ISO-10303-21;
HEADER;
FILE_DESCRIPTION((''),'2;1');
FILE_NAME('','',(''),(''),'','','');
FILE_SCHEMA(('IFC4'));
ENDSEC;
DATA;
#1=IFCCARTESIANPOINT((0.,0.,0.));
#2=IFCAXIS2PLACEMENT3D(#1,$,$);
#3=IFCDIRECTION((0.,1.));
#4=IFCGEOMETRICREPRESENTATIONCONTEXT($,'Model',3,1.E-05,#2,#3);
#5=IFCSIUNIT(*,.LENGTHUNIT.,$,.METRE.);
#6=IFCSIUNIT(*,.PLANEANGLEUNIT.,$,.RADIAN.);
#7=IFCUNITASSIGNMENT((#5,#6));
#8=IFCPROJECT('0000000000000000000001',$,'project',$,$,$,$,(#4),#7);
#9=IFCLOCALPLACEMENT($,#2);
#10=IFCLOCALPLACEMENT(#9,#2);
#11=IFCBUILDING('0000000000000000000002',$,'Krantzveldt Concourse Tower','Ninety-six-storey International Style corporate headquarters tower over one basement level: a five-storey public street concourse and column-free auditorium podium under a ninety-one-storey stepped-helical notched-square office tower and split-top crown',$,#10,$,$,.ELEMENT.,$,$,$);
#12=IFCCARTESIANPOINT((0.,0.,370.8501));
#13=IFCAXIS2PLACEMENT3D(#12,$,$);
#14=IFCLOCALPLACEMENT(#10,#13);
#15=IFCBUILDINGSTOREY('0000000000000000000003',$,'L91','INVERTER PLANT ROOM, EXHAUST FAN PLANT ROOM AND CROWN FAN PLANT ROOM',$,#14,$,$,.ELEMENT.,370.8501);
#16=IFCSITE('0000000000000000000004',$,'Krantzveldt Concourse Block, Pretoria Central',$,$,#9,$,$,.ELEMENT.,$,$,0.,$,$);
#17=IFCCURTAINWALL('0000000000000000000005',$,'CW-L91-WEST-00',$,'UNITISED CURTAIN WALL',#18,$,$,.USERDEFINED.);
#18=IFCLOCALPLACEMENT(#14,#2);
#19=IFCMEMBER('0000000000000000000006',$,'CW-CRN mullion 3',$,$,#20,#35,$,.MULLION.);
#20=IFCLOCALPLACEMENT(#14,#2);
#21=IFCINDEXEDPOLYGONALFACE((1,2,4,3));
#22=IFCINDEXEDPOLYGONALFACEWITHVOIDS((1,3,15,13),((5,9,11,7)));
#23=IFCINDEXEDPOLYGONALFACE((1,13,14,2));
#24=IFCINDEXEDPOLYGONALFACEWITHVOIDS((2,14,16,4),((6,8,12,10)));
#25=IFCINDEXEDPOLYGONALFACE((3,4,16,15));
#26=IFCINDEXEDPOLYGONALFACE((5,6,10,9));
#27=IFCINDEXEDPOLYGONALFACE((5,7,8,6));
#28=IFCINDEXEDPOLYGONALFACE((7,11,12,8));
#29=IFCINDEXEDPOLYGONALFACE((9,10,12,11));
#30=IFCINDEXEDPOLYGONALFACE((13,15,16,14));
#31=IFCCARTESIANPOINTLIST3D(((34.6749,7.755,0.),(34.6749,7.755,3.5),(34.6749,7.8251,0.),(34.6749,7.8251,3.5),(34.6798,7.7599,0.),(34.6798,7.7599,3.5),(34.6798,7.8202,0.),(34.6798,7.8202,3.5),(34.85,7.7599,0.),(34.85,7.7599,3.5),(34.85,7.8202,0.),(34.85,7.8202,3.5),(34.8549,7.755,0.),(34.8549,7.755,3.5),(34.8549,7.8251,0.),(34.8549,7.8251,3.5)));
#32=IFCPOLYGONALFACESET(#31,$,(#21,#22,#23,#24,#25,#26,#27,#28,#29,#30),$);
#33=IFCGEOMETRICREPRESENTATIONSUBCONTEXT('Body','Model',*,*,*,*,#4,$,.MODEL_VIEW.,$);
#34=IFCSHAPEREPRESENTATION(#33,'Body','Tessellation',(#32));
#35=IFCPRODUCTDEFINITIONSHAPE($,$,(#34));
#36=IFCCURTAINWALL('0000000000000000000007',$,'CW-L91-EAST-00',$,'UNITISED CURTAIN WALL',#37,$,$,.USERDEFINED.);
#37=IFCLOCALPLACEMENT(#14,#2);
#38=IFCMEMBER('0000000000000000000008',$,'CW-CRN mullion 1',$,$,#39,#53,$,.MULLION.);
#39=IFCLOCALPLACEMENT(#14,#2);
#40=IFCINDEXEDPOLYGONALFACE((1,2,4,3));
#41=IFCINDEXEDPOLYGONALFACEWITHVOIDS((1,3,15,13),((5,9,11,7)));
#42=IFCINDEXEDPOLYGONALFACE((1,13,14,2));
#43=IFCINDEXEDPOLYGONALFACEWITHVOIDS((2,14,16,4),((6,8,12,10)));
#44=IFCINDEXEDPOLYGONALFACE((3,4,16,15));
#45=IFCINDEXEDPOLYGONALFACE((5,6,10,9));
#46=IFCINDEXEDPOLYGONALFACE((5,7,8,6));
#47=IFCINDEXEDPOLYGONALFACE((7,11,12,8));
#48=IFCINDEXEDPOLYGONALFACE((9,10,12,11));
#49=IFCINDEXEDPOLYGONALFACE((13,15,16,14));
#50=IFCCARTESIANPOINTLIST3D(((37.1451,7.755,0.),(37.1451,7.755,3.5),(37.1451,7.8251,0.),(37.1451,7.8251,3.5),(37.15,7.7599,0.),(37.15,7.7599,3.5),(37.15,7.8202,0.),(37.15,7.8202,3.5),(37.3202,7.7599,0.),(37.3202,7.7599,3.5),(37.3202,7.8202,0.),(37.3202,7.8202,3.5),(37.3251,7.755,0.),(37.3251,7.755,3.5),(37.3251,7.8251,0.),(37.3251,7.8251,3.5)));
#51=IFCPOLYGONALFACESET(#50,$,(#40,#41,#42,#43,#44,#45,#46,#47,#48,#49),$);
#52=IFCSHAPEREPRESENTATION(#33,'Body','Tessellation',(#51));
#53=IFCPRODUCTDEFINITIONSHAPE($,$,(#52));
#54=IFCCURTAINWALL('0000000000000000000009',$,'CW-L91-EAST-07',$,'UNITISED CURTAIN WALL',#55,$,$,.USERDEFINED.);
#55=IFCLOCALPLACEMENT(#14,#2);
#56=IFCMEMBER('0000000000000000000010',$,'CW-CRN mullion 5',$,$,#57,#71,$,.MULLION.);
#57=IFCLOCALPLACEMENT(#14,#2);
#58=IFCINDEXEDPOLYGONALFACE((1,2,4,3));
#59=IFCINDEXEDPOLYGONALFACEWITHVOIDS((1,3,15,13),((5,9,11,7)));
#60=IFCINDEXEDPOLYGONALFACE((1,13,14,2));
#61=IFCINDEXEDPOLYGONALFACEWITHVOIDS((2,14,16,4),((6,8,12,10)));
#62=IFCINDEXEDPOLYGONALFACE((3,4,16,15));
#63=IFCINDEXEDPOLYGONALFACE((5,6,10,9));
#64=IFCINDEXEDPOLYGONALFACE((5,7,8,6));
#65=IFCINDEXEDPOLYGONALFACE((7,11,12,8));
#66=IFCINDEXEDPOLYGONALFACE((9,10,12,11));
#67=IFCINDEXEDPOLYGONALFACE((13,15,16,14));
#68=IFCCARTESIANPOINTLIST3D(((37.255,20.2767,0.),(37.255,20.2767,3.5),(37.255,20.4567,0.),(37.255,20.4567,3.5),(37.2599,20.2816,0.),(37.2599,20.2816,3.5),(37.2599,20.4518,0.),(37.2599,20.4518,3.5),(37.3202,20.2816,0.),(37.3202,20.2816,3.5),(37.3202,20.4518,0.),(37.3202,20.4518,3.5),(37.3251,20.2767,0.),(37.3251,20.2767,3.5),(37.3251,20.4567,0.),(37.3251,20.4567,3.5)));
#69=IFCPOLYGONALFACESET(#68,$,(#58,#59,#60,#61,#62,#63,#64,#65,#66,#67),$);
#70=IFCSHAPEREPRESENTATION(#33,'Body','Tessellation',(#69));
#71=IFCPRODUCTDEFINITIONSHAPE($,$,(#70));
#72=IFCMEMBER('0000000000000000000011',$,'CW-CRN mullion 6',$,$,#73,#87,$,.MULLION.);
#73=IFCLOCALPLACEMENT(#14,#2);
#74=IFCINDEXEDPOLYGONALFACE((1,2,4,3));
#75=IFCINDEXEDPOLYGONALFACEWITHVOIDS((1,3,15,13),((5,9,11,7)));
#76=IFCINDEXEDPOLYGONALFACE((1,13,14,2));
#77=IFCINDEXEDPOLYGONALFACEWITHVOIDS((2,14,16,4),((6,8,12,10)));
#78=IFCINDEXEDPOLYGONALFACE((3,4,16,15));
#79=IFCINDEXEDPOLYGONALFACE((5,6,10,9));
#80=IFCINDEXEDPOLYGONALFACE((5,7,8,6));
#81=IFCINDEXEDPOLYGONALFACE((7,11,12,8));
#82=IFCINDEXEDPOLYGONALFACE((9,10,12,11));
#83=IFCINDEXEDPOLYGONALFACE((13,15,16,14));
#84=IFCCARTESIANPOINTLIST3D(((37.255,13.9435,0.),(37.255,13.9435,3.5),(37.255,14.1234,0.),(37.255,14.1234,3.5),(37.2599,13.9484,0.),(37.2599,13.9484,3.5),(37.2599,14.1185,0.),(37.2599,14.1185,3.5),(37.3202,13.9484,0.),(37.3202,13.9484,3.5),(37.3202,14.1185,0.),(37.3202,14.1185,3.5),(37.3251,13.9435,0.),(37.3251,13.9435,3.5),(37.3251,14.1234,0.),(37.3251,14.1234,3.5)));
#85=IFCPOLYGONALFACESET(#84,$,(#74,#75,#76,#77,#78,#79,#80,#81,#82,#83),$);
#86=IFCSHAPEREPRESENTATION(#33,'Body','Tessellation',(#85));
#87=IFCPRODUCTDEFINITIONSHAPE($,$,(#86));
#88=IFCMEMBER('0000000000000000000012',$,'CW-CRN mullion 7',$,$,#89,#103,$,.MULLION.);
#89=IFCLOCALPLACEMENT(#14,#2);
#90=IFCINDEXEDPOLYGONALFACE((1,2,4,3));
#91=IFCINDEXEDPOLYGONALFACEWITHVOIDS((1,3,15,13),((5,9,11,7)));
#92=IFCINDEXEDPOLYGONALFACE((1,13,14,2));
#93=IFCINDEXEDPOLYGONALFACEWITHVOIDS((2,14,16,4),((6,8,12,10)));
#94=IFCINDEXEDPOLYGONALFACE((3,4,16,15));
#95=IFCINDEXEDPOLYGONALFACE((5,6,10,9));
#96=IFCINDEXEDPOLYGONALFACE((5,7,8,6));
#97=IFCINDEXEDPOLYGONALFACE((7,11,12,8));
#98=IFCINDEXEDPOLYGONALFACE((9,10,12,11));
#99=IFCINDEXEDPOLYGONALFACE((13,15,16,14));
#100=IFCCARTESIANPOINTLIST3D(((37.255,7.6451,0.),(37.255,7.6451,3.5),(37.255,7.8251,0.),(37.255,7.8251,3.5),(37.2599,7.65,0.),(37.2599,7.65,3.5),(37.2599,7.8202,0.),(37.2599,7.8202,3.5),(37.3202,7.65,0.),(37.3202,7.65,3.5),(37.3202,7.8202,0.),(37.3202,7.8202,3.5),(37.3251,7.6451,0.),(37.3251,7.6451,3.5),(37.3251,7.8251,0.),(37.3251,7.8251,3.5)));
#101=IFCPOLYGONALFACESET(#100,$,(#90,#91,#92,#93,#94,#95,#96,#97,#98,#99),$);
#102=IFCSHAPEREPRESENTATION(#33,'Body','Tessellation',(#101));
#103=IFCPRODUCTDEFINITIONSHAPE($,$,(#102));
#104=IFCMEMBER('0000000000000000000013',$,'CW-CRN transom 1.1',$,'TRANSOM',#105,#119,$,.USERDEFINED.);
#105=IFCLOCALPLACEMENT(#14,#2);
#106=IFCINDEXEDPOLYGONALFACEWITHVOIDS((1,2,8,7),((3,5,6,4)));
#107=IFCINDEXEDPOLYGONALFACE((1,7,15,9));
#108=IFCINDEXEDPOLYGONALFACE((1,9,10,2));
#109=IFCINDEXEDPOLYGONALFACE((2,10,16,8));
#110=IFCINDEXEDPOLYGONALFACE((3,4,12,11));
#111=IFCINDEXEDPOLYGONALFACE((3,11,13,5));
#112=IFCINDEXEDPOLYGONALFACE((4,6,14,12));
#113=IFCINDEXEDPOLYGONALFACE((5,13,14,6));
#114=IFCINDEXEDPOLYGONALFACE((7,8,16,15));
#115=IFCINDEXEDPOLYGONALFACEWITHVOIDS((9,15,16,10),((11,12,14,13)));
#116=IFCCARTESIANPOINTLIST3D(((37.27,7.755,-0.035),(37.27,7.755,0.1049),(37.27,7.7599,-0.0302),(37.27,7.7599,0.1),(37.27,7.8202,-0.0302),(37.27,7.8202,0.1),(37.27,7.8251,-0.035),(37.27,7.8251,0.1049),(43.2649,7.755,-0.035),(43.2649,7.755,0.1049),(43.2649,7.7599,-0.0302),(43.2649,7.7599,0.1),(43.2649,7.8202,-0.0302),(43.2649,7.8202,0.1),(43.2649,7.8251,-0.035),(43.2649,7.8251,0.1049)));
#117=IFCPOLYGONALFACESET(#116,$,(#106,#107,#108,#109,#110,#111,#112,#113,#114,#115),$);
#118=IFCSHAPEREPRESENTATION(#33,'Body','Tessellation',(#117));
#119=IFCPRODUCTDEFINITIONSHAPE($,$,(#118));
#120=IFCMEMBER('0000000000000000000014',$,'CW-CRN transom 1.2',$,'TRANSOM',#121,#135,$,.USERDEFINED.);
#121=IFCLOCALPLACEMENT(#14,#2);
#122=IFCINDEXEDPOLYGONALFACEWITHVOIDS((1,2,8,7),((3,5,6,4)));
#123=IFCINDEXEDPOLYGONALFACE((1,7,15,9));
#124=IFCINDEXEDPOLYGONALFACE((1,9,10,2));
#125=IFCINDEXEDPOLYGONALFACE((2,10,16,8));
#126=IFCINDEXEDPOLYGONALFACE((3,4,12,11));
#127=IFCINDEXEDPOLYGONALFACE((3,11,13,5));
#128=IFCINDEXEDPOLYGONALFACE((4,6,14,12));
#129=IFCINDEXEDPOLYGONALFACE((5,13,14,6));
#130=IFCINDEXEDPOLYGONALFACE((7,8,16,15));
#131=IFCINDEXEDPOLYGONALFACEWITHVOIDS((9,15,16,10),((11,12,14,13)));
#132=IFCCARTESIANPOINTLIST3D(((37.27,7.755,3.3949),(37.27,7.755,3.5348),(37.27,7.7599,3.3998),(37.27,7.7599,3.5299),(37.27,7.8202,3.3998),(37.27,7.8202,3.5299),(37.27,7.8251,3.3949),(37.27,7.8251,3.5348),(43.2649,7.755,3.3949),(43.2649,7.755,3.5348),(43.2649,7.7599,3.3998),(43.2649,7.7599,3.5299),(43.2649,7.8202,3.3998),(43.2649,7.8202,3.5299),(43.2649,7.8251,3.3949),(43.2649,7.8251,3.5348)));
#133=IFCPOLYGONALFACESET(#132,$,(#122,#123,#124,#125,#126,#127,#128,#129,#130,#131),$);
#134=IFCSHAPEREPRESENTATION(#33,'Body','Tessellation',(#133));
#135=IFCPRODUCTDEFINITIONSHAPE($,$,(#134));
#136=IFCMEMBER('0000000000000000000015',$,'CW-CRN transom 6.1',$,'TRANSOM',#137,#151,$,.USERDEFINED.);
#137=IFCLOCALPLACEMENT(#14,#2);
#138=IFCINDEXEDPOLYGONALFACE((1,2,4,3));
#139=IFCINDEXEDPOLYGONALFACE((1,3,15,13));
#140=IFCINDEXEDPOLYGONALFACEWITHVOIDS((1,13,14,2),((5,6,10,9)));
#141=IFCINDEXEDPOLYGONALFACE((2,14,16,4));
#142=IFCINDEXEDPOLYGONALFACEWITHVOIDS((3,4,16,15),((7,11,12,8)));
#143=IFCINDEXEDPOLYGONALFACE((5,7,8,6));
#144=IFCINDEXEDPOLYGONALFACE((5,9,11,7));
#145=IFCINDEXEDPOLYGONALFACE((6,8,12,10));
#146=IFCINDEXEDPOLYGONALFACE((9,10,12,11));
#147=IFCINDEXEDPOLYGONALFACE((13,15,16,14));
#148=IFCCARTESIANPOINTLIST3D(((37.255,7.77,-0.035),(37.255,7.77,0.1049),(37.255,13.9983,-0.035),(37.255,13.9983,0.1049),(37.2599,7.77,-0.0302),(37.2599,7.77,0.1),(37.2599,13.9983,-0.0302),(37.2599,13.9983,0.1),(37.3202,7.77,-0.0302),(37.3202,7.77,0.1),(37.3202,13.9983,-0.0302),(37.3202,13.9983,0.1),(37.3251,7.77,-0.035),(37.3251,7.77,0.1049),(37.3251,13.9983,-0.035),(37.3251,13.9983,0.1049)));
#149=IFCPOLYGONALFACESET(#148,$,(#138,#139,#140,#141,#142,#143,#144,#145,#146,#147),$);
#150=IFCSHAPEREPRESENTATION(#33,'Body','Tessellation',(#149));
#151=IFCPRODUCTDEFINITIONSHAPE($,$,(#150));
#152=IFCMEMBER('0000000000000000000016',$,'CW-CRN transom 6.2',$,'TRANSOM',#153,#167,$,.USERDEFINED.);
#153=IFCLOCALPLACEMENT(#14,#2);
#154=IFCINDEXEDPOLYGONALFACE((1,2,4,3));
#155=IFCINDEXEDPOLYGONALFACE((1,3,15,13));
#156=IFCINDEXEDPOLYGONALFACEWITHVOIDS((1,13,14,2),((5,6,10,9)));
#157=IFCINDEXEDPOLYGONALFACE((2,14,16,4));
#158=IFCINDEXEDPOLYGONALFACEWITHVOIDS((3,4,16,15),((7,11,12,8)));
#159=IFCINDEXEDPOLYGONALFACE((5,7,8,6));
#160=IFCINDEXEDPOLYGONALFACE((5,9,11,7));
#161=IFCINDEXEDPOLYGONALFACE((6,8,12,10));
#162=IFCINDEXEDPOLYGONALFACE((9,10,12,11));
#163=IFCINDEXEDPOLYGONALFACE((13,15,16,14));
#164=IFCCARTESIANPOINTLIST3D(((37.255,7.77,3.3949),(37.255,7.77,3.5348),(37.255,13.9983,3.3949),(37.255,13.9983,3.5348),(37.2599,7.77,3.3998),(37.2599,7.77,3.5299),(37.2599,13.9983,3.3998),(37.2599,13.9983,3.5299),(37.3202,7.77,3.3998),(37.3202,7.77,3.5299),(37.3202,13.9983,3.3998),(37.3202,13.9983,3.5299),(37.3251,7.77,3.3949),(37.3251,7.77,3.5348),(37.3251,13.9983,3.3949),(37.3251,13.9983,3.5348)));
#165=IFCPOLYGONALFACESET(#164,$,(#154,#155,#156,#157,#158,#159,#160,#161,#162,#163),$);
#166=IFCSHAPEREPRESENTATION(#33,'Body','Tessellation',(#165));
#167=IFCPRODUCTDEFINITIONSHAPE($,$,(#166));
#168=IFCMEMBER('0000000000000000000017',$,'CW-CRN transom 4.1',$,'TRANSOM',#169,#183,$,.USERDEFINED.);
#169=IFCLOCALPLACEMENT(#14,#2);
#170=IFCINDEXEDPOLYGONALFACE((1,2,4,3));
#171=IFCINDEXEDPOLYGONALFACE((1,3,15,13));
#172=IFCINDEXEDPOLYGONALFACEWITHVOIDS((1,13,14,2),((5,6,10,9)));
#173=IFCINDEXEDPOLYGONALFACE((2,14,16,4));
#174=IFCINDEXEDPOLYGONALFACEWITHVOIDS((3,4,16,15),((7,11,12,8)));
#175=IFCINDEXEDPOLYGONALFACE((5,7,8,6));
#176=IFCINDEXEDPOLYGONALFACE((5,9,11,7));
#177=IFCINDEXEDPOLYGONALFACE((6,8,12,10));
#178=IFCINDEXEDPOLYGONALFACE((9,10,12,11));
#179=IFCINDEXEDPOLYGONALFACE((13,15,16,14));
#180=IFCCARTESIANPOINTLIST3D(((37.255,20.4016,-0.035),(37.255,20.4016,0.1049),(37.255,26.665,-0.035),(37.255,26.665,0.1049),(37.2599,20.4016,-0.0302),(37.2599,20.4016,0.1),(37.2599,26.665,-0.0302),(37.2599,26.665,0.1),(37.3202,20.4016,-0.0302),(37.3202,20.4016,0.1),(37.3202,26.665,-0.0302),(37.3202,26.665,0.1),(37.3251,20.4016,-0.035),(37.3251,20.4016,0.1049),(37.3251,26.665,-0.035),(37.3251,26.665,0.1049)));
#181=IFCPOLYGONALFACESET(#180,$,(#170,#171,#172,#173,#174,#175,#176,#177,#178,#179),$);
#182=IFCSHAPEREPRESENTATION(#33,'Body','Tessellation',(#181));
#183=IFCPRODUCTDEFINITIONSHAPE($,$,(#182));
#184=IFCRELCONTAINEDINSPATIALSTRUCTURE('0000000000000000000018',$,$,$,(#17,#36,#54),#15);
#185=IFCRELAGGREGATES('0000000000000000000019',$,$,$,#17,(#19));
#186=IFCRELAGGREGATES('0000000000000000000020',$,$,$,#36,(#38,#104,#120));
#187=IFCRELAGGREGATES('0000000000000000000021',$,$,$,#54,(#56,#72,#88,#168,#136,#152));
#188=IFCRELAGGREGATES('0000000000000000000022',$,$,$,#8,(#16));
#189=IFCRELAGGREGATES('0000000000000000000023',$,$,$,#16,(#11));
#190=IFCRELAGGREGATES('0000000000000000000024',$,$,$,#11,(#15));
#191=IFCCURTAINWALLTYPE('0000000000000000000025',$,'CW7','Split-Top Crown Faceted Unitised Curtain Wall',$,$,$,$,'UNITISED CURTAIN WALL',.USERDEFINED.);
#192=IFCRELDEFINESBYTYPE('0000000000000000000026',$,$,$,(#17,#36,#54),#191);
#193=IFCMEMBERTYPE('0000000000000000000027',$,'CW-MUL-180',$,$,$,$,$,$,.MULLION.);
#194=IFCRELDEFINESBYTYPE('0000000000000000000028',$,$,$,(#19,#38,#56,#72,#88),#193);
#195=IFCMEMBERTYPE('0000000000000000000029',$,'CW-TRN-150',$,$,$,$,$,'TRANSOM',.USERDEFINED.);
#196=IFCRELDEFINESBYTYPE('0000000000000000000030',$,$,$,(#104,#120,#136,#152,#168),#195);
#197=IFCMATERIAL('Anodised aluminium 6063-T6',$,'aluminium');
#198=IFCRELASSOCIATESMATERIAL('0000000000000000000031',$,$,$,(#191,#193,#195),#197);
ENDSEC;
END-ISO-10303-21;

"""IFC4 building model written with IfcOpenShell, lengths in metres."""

from ifc_helpers import new_model, si_unit, direction, frame, origin, origin_2d, place, context, subcontext, project, spatial, hollow_rectangle, extrude, source, transform, mapped, material, material_profile, profile_set, type_object, type_shapes, element, aggregate, save


model = new_model("IFC4")

# Units and contexts
model_context = context("Model", 3, precision=1e-05, world=origin(), true_north=direction((0.0, 1.0)))
body_context = subcontext(model_context, "Body", "Model", "MODEL_VIEW")
ifc_project = project(units=[si_unit("LENGTHUNIT", "METRE"), si_unit("PLANEANGLEUNIT", "RADIAN")], contexts=[model_context])

# Site, building, storey
site_placement = place(None, origin())
site = spatial("IfcSite", under=ifc_project, at=site_placement, Name="Krantzveldt Concourse Block, Pretoria Central", CompositionType="ELEMENT", RefElevation=0.0)
building_placement = place(site_placement, origin())
building = spatial("IfcBuilding", under=site, at=building_placement, Name="Krantzveldt Concourse Tower", Description="Ninety-six-storey International Style corporate headquarters tower over one basement level: a five-storey public street concourse and column-free auditorium podium under a ninety-one-storey stepped-helical notched-square office tower and split-top crown", CompositionType="ELEMENT")
storey_placement = place(building_placement, frame((0.0, 0.0, 370.8501)))
storey = spatial("IfcBuildingStorey", under=building, at=storey_placement, Name="L91", Description="INVERTER PLANT ROOM, EXHAUST FAN PLANT ROOM AND CROWN FAN PLANT ROOM", CompositionType="ELEMENT", Elevation=370.8501)

# Curtain walls, members
ifc_material_1 = material(Name="Anodised aluminium 6063-T6", Category="aluminium")
curtain_wall_type = type_object("IfcCurtainWallType", Name="CW7", Description="Split-Top Crown Faceted Unitised Curtain Wall", ElementType="UNITISED CURTAIN WALL", PredefinedType="USERDEFINED", material=ifc_material_1)
curtain_wall_1_placement = place(storey_placement, origin())
curtain_wall_1 = element("IfcCurtainWall", 1, at=curtain_wall_1_placement, inside=storey, type_object=curtain_wall_type, Name="CW-L91-WEST-00", ObjectType="UNITISED CURTAIN WALL", PredefinedType="USERDEFINED")
ifc_material_profile_1 = material_profile(ifc_material_1, hollow_rectangle(XDim=0.0701, YDim=0.1799, WallThickness=0.0049, at=origin_2d()), Name="Anodised aluminium 6063-T6", Category="aluminium")
ifc_profile_set_1 = profile_set([ifc_material_profile_1], Name="Anodised aluminium 6063-T6 - ALU-MULL 180x70x5")
member_type_1 = type_object("IfcMemberType", Name="CW-MUL-180", PredefinedType="MULLION", material=ifc_profile_set_1)
shared_shape_1 = source(origin(), body_context, "Body", "SweptSolid", [
    extrude(hollow_rectangle(XDim=0.0701, YDim=0.1799, WallThickness=0.0049, at=origin_2d()), origin(), (0.0, 0.0, 1.0), 3.5),
])
type_shapes(member_type_1, [shared_shape_1])
member_1_placement = place(storey_placement, frame((34.7649, 7.79, 0.0), z_axis=(0.0, 0.0, 1.0), x_axis=(0.0, 1.0, 0.0)))
member_1 = element("IfcMember", 2, at=member_1_placement, type_object=member_type_1, Name="CW-CRN mullion 3", PredefinedType="MULLION", context=body_context, shape_type="MappedRepresentation", body=[
    mapped(shared_shape_1, transform((0.0, 0.0, 0.0), x_axis=(1.0, 0.0, 0.0), y_axis=(0.0, 1.0, 0.0), z_axis=(0.0, 0.0, 1.0), scale=1.0)),
])
aggregate(curtain_wall_1, [member_1])
curtain_wall_2_placement = place(storey_placement, origin())
curtain_wall_2 = element("IfcCurtainWall", 3, at=curtain_wall_2_placement, inside=storey, type_object=curtain_wall_type, Name="CW-L91-EAST-00", ObjectType="UNITISED CURTAIN WALL", PredefinedType="USERDEFINED")
member_2_placement = place(storey_placement, frame((37.2351, 7.79, 0.0), z_axis=(0.0, 0.0, 1.0), x_axis=(0.0, 1.0, 0.0)))
member_2 = element("IfcMember", 4, at=member_2_placement, type_object=member_type_1, Name="CW-CRN mullion 1", PredefinedType="MULLION", context=body_context, shape_type="MappedRepresentation", body=[
    mapped(shared_shape_1, transform((0.0, 0.0, 0.0), x_axis=(1.0, 0.0, 0.0), y_axis=(0.0, 1.0, 0.0), z_axis=(0.0, 0.0, 1.0), scale=1.0)),
])

# Curtain wall, members
curtain_wall_3_placement = place(storey_placement, origin())
curtain_wall_3 = element("IfcCurtainWall", 5, at=curtain_wall_3_placement, inside=storey, type_object=curtain_wall_type, Name="CW-L91-EAST-07", ObjectType="UNITISED CURTAIN WALL", PredefinedType="USERDEFINED")
member_3_placement = place(storey_placement, frame((37.29, 20.3667, 0.0), z_axis=(0.0, 0.0, 1.0), x_axis=(1.0, 0.0, 0.0)))
member_3 = element("IfcMember", 6, at=member_3_placement, type_object=member_type_1, Name="CW-CRN mullion 5", PredefinedType="MULLION", context=body_context, shape_type="MappedRepresentation", body=[
    mapped(shared_shape_1, transform((0.0, 0.0, 0.0), x_axis=(1.0, 0.0, 0.0), y_axis=(0.0, 1.0, 0.0), z_axis=(0.0, 0.0, 1.0), scale=1.0)),
])
member_4_placement = place(storey_placement, frame((37.29, 14.0334, 0.0), z_axis=(0.0, 0.0, 1.0), x_axis=(1.0, 0.0, 0.0)))
member_4 = element("IfcMember", 7, at=member_4_placement, type_object=member_type_1, Name="CW-CRN mullion 6", PredefinedType="MULLION", context=body_context, shape_type="MappedRepresentation", body=[
    mapped(shared_shape_1, transform((0.0, 0.0, 0.0), x_axis=(1.0, 0.0, 0.0), y_axis=(0.0, 1.0, 0.0), z_axis=(0.0, 0.0, 1.0), scale=1.0)),
])
member_5_placement = place(storey_placement, frame((37.29, 7.7351, 0.0), z_axis=(0.0, 0.0, 1.0), x_axis=(1.0, 0.0, 0.0)))
member_5 = element("IfcMember", 8, at=member_5_placement, type_object=member_type_1, Name="CW-CRN mullion 7", PredefinedType="MULLION", context=body_context, shape_type="MappedRepresentation", body=[
    mapped(shared_shape_1, transform((0.0, 0.0, 0.0), x_axis=(1.0, 0.0, 0.0), y_axis=(0.0, 1.0, 0.0), z_axis=(0.0, 0.0, 1.0), scale=1.0)),
])

# Members
ifc_material_profile_2 = material_profile(ifc_material_1, hollow_rectangle(XDim=0.0701, YDim=0.1399, WallThickness=0.0049, at=origin_2d()), Name="Anodised aluminium 6063-T6", Category="aluminium")
ifc_profile_set_2 = profile_set([ifc_material_profile_2], Name="Anodised aluminium 6063-T6 - ALU-TRAN 140x70x5")
member_type_2 = type_object("IfcMemberType", Name="CW-TRN-150", ElementType="TRANSOM", PredefinedType="USERDEFINED", material=ifc_profile_set_2)
shared_shape_2 = source(origin(), body_context, "Body", "SweptSolid", [
    extrude(hollow_rectangle(XDim=0.0701, YDim=0.1399, WallThickness=0.0049, at=origin_2d()), origin(), (0.0, 0.0, 1.0), 5.9949),
])
member_6_placement = place(storey_placement, frame((37.27, 7.79, 0.0349), z_axis=(1.0, 0.0, 0.0), x_axis=(0.0, 1.0, 0.0)))
member_6 = element("IfcMember", 9, at=member_6_placement, type_object=member_type_2, Name="CW-CRN transom 1.1", ObjectType="TRANSOM", PredefinedType="USERDEFINED", context=body_context, shape_type="MappedRepresentation", body=[
    mapped(shared_shape_2, transform((0.0, 0.0, 0.0), x_axis=(1.0, 0.0, 0.0), y_axis=(0.0, 1.0, 0.0), z_axis=(0.0, 0.0, 1.0), scale=1.0)),
])
member_7_placement = place(storey_placement, frame((37.27, 7.79, 3.4648), z_axis=(1.0, 0.0, 0.0), x_axis=(0.0, 1.0, 0.0)))
member_7 = element("IfcMember", 10, at=member_7_placement, type_object=member_type_2, Name="CW-CRN transom 1.2", ObjectType="TRANSOM", PredefinedType="USERDEFINED", context=body_context, shape_type="MappedRepresentation", body=[
    mapped(shared_shape_2, transform((0.0, 0.0, 0.0), x_axis=(1.0, 0.0, 0.0), y_axis=(0.0, 1.0, 0.0), z_axis=(0.0, 0.0, 1.0), scale=1.0)),
])
shared_shape_3 = source(origin(), body_context, "Body", "SweptSolid", [
    extrude(hollow_rectangle(XDim=0.0701, YDim=0.1399, WallThickness=0.0049, at=origin_2d()), origin(), (0.0, 0.0, 1.0), 6.2283),
])
member_8_placement = place(storey_placement, frame((37.29, 13.9983, 0.0349), z_axis=(0.0, -1.0, 0.0), x_axis=(1.0, 0.0, 0.0)))
member_8 = element("IfcMember", 11, at=member_8_placement, type_object=member_type_2, Name="CW-CRN transom 6.1", ObjectType="TRANSOM", PredefinedType="USERDEFINED", context=body_context, shape_type="MappedRepresentation", body=[
    mapped(shared_shape_3, transform((0.0, 0.0, 0.0), x_axis=(1.0, 0.0, 0.0), y_axis=(0.0, 1.0, 0.0), z_axis=(0.0, 0.0, 1.0), scale=1.0)),
])
member_9_placement = place(storey_placement, frame((37.29, 13.9983, 3.4648), z_axis=(0.0, -1.0, 0.0), x_axis=(1.0, 0.0, 0.0)))
member_9 = element("IfcMember", 12, at=member_9_placement, type_object=member_type_2, Name="CW-CRN transom 6.2", ObjectType="TRANSOM", PredefinedType="USERDEFINED", context=body_context, shape_type="MappedRepresentation", body=[
    mapped(shared_shape_3, transform((0.0, 0.0, 0.0), x_axis=(1.0, 0.0, 0.0), y_axis=(0.0, 1.0, 0.0), z_axis=(0.0, 0.0, 1.0), scale=1.0)),
])
shared_shape_4 = source(origin(), body_context, "Body", "SweptSolid", [
    extrude(hollow_rectangle(XDim=0.0701, YDim=0.1399, WallThickness=0.0049, at=origin_2d()), origin(), (0.0, 0.0, 1.0), 6.2634),
])
type_shapes(member_type_2, [shared_shape_2, shared_shape_3, shared_shape_4])
member_10_placement = place(storey_placement, frame((37.29, 26.665, 0.0349), z_axis=(0.0, -1.0, 0.0), x_axis=(1.0, 0.0, 0.0)))
member_10 = element("IfcMember", 13, at=member_10_placement, type_object=member_type_2, Name="CW-CRN transom 4.1", ObjectType="TRANSOM", PredefinedType="USERDEFINED", context=body_context, shape_type="MappedRepresentation", body=[
    mapped(shared_shape_4, transform((0.0, 0.0, 0.0), x_axis=(1.0, 0.0, 0.0), y_axis=(0.0, 1.0, 0.0), z_axis=(0.0, 0.0, 1.0), scale=1.0)),
])

aggregate(curtain_wall_2, [member_2, member_6, member_7])
aggregate(curtain_wall_3, [member_3, member_4, member_5, member_10, member_8, member_9])

save(model, "model.ifc")
